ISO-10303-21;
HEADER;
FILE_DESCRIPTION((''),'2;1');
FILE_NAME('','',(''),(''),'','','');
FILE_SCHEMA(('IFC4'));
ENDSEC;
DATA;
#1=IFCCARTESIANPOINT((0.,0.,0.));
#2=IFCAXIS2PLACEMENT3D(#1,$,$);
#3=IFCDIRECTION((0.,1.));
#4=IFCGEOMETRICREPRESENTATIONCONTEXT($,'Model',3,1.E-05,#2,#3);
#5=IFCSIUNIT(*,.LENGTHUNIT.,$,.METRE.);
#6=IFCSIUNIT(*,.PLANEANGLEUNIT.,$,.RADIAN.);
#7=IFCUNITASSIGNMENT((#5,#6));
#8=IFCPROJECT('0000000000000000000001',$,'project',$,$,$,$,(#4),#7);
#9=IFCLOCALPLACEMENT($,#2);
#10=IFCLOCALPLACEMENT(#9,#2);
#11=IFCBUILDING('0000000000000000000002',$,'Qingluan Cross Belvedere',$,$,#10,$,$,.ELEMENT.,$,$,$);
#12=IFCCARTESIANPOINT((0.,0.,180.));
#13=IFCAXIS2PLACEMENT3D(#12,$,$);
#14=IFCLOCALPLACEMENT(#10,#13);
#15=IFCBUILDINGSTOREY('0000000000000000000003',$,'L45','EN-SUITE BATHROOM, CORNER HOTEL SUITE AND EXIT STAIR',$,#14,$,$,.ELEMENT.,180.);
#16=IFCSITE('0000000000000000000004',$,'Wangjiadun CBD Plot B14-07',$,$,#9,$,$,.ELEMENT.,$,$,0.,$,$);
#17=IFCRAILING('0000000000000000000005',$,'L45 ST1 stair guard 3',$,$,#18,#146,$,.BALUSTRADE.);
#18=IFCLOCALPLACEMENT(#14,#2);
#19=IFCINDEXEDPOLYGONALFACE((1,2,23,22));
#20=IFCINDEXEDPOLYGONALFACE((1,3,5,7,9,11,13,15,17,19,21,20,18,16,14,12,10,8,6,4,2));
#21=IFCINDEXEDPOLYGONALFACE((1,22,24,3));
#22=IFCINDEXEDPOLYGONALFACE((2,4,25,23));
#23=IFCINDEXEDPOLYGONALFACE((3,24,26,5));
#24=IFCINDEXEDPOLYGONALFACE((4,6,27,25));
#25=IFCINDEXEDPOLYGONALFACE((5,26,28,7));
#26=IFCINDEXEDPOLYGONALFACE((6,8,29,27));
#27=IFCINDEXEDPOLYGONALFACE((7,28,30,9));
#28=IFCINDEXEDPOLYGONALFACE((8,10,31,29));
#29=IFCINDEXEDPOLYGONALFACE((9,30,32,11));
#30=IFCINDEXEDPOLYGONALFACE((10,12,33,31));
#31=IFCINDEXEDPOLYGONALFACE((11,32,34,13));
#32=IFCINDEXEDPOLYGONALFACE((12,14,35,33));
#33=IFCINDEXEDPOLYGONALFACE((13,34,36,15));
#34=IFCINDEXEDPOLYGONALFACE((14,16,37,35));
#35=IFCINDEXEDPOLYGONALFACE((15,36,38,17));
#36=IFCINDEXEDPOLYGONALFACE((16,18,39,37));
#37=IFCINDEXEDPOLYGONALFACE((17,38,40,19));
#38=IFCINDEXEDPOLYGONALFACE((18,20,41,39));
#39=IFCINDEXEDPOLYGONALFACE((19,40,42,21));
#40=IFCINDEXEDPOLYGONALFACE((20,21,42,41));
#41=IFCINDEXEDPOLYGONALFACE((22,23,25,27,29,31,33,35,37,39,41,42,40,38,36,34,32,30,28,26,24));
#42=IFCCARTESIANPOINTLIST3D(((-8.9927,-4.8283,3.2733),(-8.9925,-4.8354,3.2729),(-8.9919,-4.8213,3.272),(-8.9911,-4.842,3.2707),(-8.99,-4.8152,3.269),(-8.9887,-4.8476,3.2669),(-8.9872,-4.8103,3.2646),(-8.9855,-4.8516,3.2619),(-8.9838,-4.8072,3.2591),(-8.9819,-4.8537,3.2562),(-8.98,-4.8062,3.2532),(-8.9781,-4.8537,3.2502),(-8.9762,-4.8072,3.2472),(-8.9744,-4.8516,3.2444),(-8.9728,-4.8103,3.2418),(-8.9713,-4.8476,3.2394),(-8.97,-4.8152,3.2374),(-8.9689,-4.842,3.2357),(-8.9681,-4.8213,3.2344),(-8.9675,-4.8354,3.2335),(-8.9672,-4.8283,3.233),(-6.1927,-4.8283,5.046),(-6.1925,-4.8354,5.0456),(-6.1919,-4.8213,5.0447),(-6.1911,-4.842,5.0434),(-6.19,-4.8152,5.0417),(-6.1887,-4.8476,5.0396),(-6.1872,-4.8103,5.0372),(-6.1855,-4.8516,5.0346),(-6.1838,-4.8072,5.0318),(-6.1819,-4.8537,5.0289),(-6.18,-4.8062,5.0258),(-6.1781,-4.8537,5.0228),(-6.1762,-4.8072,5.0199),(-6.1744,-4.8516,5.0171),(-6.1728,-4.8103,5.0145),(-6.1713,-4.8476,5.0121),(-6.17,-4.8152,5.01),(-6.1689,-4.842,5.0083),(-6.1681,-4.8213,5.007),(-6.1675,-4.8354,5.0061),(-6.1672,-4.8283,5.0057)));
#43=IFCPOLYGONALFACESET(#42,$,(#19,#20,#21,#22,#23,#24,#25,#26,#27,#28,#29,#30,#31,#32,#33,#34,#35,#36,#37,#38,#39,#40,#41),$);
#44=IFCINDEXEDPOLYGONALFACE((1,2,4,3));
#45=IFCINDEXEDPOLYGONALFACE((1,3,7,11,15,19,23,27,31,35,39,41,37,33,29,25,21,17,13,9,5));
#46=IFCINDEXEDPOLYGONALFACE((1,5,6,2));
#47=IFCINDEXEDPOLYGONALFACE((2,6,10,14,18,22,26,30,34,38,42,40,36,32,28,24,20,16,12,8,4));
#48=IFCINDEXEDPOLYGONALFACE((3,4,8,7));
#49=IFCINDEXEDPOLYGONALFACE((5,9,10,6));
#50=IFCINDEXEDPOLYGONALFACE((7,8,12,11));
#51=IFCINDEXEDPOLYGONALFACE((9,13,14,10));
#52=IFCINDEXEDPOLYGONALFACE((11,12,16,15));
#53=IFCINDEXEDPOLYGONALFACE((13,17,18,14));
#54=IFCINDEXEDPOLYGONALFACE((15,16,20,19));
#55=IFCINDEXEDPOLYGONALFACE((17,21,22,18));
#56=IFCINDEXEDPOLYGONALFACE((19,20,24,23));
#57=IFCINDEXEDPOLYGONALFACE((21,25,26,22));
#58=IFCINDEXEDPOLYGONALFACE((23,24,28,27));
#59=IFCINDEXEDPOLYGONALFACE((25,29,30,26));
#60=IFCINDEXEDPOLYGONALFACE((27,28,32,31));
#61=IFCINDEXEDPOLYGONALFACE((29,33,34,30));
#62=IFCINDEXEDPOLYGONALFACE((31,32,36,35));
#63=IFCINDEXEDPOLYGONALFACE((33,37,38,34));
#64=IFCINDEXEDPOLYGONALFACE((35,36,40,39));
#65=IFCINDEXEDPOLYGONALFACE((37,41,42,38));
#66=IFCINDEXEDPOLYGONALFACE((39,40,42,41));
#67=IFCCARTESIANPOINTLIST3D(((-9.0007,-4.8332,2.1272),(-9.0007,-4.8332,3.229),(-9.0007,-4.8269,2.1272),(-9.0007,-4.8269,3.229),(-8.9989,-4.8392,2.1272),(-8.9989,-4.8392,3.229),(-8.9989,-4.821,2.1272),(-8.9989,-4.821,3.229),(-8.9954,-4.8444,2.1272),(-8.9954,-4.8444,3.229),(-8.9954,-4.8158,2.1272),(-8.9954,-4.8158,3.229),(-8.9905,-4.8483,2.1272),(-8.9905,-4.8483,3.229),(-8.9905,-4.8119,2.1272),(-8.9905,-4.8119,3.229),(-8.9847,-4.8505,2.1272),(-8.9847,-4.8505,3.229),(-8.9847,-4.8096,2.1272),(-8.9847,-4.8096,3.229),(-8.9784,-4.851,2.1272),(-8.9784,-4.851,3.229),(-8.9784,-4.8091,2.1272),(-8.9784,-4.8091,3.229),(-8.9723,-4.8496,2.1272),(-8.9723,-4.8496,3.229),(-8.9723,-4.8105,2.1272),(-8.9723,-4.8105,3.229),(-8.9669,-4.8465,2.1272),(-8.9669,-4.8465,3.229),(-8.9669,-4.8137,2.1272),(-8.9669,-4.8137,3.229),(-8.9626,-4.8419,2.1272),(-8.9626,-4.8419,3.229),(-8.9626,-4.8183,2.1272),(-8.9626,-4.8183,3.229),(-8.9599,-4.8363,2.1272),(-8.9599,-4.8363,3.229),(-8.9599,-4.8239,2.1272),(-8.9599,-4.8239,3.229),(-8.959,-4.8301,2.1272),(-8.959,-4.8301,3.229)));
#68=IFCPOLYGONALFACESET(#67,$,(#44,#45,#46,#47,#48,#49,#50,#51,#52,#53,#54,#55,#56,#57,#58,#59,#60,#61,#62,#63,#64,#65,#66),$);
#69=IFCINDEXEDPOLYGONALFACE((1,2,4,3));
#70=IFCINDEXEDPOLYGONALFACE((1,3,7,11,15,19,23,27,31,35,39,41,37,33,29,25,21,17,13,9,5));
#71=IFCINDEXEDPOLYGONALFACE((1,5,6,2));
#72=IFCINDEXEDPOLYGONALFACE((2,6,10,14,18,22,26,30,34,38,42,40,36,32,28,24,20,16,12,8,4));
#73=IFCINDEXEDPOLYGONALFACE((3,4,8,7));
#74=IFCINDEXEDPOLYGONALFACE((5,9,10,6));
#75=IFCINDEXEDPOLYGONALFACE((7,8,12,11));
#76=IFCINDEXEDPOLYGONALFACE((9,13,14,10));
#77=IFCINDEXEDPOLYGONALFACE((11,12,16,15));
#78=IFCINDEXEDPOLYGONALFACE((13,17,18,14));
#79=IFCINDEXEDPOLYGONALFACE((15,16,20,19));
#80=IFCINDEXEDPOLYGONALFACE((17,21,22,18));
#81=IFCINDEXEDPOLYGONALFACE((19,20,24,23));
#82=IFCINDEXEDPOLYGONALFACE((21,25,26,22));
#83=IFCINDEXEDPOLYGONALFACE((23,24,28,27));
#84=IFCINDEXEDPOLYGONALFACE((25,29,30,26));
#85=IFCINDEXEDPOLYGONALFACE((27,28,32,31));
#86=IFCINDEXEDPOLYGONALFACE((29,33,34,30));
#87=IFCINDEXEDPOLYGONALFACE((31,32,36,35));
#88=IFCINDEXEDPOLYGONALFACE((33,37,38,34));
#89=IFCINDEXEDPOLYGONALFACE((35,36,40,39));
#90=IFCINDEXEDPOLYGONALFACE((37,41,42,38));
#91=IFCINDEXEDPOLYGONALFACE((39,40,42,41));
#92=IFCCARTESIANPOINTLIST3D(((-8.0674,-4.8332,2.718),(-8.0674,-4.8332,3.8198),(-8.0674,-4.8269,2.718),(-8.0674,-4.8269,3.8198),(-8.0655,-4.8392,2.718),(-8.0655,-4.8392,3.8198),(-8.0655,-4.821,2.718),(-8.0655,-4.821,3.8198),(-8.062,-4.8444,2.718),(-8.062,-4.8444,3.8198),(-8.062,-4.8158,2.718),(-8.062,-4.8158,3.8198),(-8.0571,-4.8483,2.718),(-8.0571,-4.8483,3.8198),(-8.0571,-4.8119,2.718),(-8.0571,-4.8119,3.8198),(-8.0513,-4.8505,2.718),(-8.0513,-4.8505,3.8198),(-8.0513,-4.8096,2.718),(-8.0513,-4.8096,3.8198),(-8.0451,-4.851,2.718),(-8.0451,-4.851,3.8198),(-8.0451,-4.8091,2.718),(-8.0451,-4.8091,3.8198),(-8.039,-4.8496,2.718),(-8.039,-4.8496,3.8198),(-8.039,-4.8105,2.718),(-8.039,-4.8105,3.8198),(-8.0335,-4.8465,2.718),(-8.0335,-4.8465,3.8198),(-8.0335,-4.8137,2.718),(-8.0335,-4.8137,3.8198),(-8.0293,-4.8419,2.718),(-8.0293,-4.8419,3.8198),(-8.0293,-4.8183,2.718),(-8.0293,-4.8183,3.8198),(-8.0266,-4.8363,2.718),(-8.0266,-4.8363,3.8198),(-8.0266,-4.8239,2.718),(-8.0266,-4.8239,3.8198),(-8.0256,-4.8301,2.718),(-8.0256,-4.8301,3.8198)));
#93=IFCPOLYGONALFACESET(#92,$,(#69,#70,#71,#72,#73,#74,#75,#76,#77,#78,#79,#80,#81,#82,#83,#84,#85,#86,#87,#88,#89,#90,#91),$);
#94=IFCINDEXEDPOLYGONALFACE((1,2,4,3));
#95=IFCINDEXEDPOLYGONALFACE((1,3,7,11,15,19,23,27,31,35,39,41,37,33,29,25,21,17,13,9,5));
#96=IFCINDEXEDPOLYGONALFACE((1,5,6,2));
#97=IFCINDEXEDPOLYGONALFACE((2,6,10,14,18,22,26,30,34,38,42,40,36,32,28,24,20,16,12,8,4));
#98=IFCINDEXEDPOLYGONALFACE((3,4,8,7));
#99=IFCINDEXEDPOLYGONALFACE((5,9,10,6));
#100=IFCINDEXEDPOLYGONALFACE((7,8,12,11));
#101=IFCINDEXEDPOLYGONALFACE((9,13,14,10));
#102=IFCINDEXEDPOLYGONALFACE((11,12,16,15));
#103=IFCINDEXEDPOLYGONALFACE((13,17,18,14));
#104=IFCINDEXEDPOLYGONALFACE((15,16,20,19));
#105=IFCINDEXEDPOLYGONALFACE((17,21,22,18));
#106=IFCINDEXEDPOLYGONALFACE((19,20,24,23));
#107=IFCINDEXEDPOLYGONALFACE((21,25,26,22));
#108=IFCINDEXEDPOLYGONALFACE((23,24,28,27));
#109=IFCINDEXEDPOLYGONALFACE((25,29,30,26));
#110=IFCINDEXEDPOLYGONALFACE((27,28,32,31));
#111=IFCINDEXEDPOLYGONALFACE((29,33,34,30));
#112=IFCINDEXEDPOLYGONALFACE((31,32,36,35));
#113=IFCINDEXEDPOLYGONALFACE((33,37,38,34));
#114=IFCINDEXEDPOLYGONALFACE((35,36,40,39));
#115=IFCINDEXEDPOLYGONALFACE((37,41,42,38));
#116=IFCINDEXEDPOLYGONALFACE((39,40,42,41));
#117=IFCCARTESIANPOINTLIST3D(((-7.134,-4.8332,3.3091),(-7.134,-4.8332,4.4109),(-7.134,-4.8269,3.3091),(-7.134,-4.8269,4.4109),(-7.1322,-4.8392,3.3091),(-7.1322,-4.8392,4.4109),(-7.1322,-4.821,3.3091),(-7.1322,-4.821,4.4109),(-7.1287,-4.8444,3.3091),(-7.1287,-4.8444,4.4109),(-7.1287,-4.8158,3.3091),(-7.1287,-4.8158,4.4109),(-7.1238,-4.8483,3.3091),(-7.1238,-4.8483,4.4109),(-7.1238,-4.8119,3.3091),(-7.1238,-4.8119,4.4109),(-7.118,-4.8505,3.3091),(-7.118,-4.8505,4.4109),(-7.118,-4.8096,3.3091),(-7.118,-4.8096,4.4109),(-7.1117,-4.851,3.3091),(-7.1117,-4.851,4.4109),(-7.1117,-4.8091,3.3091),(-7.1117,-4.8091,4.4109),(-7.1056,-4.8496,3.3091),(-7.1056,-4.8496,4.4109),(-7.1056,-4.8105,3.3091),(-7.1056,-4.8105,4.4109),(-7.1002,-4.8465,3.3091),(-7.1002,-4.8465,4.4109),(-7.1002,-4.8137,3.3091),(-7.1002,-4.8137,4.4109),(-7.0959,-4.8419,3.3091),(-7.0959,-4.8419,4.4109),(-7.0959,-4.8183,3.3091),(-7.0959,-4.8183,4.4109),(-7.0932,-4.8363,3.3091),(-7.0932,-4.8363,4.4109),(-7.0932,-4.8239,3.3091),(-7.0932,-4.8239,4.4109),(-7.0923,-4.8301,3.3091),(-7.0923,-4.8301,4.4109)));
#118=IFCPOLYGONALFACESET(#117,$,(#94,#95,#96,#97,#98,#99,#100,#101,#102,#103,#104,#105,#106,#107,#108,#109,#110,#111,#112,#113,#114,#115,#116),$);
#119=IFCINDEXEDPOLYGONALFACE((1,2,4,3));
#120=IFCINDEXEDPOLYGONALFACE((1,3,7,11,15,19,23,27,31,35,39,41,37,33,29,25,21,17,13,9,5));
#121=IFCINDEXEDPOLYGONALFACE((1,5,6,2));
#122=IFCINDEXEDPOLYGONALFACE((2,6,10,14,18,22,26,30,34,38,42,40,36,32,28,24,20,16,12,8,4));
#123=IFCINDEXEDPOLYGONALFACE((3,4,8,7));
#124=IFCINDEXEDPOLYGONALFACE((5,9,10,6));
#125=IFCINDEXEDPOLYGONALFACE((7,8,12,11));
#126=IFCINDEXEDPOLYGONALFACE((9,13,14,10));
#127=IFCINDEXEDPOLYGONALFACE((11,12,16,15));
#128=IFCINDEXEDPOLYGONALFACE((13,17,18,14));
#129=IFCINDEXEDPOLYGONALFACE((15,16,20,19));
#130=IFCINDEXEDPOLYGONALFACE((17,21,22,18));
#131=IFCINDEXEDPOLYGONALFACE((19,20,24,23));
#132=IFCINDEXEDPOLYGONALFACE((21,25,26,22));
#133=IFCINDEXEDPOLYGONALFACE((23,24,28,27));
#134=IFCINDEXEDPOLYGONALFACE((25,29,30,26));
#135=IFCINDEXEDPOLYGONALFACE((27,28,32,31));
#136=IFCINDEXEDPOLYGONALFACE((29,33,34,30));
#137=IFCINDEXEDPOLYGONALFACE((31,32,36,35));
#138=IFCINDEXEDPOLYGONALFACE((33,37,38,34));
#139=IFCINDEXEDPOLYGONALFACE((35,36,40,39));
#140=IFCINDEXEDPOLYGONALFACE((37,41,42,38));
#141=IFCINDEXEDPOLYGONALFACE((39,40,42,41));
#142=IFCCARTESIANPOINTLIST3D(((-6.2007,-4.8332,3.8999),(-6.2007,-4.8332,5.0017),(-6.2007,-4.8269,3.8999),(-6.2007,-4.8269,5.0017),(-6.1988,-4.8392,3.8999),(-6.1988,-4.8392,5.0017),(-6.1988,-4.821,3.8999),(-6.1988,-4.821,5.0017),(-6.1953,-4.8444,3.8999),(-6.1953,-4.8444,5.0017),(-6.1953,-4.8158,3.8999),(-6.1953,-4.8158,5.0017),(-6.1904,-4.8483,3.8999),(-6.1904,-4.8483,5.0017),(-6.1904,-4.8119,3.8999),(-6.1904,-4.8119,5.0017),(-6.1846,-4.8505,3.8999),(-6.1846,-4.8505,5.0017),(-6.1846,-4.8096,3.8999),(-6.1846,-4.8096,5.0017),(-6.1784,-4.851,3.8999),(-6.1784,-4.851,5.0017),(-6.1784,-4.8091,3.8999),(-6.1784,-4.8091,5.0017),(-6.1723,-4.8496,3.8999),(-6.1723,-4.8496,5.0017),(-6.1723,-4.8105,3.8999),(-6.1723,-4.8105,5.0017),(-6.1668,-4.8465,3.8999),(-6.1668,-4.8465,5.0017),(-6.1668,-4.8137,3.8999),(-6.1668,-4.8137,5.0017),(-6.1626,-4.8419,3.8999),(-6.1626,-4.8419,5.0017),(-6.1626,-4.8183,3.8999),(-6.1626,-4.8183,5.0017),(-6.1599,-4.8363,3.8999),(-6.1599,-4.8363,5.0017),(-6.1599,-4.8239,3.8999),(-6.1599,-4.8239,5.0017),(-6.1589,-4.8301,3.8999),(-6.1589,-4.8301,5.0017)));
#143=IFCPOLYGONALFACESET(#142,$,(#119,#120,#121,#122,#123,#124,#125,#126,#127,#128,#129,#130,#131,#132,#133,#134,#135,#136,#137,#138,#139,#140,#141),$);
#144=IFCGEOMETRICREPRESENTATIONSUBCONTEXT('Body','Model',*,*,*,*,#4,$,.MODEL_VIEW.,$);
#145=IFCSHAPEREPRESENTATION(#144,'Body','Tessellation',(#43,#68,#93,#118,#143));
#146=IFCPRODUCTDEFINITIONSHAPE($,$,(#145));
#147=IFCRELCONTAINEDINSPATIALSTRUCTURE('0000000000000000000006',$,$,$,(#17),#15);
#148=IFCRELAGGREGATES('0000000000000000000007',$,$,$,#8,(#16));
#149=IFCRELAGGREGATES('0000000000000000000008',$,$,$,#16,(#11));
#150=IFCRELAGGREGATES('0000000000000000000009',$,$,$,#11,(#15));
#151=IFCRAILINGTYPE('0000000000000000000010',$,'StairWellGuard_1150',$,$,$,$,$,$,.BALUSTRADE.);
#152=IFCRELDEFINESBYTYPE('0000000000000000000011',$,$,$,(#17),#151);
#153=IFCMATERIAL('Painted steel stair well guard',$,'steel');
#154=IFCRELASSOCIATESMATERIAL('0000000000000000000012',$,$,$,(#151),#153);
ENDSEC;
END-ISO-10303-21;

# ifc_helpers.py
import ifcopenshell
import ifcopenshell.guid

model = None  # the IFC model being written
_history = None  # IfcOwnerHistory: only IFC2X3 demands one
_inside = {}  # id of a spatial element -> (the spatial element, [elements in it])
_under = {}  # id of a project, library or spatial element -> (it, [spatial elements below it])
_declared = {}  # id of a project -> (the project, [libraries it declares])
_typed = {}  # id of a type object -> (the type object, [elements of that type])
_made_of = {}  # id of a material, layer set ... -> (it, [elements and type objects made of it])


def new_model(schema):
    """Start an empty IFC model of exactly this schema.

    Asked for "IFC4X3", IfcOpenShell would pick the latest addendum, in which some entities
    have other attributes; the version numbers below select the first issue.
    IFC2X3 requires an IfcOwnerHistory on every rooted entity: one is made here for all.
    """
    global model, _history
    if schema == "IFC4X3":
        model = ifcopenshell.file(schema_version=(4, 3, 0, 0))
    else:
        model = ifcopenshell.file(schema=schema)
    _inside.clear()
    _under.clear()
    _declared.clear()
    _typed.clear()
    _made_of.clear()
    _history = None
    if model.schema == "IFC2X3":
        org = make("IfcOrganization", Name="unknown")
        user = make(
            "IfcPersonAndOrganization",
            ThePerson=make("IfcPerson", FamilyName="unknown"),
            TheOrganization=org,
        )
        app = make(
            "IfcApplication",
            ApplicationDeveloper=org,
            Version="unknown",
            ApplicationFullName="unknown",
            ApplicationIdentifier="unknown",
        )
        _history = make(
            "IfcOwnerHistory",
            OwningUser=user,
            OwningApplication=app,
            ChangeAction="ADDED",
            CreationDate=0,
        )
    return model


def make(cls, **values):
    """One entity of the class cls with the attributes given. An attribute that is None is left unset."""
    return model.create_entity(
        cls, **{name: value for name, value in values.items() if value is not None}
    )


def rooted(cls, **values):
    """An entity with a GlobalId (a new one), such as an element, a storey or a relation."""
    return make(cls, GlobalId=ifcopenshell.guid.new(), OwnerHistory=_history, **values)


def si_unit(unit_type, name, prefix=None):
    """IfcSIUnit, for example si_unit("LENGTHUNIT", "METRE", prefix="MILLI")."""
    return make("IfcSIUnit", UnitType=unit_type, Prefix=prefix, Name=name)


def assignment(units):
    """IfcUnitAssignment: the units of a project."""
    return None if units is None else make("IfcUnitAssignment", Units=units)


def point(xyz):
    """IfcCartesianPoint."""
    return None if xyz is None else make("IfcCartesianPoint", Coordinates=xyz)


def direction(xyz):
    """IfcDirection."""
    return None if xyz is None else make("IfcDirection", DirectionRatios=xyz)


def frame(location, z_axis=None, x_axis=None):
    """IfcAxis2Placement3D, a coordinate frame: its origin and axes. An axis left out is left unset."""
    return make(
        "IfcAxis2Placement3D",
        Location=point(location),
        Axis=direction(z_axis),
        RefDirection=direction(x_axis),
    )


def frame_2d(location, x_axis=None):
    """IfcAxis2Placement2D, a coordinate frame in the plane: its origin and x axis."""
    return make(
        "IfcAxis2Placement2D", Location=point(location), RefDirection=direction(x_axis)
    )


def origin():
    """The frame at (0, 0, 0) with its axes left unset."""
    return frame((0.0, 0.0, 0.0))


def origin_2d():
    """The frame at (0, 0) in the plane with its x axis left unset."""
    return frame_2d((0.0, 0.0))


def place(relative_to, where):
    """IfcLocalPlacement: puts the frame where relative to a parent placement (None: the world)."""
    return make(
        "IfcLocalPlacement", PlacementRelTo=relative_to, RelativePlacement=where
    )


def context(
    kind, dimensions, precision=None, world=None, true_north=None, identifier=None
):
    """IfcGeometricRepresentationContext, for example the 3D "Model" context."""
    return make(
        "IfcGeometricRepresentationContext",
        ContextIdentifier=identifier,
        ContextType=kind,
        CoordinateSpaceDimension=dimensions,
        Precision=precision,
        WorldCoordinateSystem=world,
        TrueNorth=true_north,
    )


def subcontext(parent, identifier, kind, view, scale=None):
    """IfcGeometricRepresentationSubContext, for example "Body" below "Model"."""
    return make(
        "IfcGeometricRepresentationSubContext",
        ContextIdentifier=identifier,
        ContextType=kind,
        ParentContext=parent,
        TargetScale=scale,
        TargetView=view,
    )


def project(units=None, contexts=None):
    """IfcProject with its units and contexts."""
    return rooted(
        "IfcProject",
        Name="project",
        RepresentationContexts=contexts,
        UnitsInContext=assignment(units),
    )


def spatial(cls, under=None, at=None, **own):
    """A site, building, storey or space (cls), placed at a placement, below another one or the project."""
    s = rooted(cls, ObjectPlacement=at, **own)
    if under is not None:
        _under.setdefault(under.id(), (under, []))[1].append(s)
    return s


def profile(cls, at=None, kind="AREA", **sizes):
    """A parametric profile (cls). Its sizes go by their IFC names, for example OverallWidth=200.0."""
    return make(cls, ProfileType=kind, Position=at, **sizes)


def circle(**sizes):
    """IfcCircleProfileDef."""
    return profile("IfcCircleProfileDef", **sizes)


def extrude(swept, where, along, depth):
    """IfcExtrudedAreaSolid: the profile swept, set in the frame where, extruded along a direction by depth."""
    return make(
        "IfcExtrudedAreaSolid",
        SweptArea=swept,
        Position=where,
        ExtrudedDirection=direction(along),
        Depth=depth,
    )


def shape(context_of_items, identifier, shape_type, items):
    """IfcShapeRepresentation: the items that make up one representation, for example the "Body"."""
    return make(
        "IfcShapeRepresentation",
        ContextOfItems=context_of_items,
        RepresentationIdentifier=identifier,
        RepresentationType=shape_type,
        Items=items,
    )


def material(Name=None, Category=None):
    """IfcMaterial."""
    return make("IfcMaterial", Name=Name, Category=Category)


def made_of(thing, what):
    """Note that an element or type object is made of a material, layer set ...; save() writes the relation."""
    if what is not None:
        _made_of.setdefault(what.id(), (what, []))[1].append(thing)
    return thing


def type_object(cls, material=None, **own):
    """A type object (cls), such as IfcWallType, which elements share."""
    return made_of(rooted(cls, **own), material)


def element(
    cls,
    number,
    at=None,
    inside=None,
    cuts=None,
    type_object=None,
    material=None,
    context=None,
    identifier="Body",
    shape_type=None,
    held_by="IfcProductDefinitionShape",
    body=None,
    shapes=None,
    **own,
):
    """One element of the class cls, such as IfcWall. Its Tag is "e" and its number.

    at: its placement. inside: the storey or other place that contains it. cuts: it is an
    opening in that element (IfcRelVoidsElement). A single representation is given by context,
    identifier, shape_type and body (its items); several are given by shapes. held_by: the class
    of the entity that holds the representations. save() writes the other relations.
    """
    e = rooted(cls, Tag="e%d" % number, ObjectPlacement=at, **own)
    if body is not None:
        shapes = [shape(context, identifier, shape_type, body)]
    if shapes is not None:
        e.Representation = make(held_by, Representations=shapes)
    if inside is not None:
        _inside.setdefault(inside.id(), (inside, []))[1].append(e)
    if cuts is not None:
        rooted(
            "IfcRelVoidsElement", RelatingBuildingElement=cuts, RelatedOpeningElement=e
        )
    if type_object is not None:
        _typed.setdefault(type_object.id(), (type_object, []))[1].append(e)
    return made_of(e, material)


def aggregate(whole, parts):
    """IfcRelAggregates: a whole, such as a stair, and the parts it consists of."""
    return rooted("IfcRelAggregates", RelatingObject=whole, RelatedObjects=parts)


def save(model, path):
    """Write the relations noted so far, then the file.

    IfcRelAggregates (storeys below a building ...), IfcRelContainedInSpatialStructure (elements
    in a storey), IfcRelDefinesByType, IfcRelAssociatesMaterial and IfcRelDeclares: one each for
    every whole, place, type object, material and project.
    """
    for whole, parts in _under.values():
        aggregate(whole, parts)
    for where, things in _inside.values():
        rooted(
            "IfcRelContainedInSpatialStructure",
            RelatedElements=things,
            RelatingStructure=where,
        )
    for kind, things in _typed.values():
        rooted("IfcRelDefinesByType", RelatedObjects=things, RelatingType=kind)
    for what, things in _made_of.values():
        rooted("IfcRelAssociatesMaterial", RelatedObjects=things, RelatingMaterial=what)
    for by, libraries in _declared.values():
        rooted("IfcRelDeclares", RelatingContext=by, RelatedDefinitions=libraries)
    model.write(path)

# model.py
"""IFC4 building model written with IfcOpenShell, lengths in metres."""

from ifc_helpers import new_model, si_unit, direction, frame, origin, origin_2d, place, context, subcontext, project, spatial, circle, extrude, material, type_object, element, save


model = new_model("IFC4")

# Units and contexts
model_context = context("Model", 3, precision=1e-05, world=origin(), true_north=direction((0.0, 1.0)))
body_context = subcontext(model_context, "Body", "Model", "MODEL_VIEW")
ifc_project = project(units=[si_unit("LENGTHUNIT", "METRE"), si_unit("PLANEANGLEUNIT", "RADIAN")], contexts=[model_context])

# Site, building, storey
site_placement = place(None, origin())
site = spatial("IfcSite", under=ifc_project, at=site_placement, Name="Wangjiadun CBD Plot B14-07", CompositionType="ELEMENT", RefElevation=0.0)
building_placement = place(site_placement, origin())
building = spatial("IfcBuilding", under=site, at=building_placement, Name="Qingluan Cross Belvedere", CompositionType="ELEMENT")
storey_placement = place(building_placement, frame((0.0, 0.0, 180.0)))
storey = spatial("IfcBuildingStorey", under=building, at=storey_placement, Name="L45", Description="EN-SUITE BATHROOM, CORNER HOTEL SUITE AND EXIT STAIR", CompositionType="ELEMENT", Elevation=180.0)

# Railing
ifc_material_1 = material(Name="Painted steel stair well guard", Category="steel")
railing_type_1 = type_object("IfcRailingType", Name="StairWellGuard_1150", PredefinedType="BALUSTRADE", material=ifc_material_1)
railing_1_placement = place(storey_placement, frame((-8.98, -4.8301, 2.1272)))
element("IfcRailing", 1, at=railing_1_placement, inside=storey, type_object=railing_type_1, Name="L45 ST1 stair guard 3", PredefinedType="BALUSTRADE", context=body_context, shape_type="SweptSolid", body=[
    extrude(circle(Radius=0.0239, at=origin_2d()), frame((0.0, 0.0, 1.126), z_axis=(0.844909, 0.0, 0.53491), x_axis=(0.0, 1.0, 0.0)), (0.0, 0.0, 1.0), 3.314),
    extrude(circle(Radius=0.021, at=origin_2d()), origin(), (0.0, 0.0, 1.0), 1.1018),
    extrude(circle(Radius=0.021, at=origin_2d()), frame((0.9333, 0.0, 0.5908)), (0.0, 0.0, 1.0), 1.1018),
    extrude(circle(Radius=0.021, at=origin_2d()), frame((1.8667, 0.0, 1.1819)), (0.0, 0.0, 1.0), 1.1018),
    extrude(circle(Radius=0.021, at=origin_2d()), frame((2.8, 0.0, 1.7727)), (0.0, 0.0, 1.0), 1.1018),
])

save(model, "model.ifc")
